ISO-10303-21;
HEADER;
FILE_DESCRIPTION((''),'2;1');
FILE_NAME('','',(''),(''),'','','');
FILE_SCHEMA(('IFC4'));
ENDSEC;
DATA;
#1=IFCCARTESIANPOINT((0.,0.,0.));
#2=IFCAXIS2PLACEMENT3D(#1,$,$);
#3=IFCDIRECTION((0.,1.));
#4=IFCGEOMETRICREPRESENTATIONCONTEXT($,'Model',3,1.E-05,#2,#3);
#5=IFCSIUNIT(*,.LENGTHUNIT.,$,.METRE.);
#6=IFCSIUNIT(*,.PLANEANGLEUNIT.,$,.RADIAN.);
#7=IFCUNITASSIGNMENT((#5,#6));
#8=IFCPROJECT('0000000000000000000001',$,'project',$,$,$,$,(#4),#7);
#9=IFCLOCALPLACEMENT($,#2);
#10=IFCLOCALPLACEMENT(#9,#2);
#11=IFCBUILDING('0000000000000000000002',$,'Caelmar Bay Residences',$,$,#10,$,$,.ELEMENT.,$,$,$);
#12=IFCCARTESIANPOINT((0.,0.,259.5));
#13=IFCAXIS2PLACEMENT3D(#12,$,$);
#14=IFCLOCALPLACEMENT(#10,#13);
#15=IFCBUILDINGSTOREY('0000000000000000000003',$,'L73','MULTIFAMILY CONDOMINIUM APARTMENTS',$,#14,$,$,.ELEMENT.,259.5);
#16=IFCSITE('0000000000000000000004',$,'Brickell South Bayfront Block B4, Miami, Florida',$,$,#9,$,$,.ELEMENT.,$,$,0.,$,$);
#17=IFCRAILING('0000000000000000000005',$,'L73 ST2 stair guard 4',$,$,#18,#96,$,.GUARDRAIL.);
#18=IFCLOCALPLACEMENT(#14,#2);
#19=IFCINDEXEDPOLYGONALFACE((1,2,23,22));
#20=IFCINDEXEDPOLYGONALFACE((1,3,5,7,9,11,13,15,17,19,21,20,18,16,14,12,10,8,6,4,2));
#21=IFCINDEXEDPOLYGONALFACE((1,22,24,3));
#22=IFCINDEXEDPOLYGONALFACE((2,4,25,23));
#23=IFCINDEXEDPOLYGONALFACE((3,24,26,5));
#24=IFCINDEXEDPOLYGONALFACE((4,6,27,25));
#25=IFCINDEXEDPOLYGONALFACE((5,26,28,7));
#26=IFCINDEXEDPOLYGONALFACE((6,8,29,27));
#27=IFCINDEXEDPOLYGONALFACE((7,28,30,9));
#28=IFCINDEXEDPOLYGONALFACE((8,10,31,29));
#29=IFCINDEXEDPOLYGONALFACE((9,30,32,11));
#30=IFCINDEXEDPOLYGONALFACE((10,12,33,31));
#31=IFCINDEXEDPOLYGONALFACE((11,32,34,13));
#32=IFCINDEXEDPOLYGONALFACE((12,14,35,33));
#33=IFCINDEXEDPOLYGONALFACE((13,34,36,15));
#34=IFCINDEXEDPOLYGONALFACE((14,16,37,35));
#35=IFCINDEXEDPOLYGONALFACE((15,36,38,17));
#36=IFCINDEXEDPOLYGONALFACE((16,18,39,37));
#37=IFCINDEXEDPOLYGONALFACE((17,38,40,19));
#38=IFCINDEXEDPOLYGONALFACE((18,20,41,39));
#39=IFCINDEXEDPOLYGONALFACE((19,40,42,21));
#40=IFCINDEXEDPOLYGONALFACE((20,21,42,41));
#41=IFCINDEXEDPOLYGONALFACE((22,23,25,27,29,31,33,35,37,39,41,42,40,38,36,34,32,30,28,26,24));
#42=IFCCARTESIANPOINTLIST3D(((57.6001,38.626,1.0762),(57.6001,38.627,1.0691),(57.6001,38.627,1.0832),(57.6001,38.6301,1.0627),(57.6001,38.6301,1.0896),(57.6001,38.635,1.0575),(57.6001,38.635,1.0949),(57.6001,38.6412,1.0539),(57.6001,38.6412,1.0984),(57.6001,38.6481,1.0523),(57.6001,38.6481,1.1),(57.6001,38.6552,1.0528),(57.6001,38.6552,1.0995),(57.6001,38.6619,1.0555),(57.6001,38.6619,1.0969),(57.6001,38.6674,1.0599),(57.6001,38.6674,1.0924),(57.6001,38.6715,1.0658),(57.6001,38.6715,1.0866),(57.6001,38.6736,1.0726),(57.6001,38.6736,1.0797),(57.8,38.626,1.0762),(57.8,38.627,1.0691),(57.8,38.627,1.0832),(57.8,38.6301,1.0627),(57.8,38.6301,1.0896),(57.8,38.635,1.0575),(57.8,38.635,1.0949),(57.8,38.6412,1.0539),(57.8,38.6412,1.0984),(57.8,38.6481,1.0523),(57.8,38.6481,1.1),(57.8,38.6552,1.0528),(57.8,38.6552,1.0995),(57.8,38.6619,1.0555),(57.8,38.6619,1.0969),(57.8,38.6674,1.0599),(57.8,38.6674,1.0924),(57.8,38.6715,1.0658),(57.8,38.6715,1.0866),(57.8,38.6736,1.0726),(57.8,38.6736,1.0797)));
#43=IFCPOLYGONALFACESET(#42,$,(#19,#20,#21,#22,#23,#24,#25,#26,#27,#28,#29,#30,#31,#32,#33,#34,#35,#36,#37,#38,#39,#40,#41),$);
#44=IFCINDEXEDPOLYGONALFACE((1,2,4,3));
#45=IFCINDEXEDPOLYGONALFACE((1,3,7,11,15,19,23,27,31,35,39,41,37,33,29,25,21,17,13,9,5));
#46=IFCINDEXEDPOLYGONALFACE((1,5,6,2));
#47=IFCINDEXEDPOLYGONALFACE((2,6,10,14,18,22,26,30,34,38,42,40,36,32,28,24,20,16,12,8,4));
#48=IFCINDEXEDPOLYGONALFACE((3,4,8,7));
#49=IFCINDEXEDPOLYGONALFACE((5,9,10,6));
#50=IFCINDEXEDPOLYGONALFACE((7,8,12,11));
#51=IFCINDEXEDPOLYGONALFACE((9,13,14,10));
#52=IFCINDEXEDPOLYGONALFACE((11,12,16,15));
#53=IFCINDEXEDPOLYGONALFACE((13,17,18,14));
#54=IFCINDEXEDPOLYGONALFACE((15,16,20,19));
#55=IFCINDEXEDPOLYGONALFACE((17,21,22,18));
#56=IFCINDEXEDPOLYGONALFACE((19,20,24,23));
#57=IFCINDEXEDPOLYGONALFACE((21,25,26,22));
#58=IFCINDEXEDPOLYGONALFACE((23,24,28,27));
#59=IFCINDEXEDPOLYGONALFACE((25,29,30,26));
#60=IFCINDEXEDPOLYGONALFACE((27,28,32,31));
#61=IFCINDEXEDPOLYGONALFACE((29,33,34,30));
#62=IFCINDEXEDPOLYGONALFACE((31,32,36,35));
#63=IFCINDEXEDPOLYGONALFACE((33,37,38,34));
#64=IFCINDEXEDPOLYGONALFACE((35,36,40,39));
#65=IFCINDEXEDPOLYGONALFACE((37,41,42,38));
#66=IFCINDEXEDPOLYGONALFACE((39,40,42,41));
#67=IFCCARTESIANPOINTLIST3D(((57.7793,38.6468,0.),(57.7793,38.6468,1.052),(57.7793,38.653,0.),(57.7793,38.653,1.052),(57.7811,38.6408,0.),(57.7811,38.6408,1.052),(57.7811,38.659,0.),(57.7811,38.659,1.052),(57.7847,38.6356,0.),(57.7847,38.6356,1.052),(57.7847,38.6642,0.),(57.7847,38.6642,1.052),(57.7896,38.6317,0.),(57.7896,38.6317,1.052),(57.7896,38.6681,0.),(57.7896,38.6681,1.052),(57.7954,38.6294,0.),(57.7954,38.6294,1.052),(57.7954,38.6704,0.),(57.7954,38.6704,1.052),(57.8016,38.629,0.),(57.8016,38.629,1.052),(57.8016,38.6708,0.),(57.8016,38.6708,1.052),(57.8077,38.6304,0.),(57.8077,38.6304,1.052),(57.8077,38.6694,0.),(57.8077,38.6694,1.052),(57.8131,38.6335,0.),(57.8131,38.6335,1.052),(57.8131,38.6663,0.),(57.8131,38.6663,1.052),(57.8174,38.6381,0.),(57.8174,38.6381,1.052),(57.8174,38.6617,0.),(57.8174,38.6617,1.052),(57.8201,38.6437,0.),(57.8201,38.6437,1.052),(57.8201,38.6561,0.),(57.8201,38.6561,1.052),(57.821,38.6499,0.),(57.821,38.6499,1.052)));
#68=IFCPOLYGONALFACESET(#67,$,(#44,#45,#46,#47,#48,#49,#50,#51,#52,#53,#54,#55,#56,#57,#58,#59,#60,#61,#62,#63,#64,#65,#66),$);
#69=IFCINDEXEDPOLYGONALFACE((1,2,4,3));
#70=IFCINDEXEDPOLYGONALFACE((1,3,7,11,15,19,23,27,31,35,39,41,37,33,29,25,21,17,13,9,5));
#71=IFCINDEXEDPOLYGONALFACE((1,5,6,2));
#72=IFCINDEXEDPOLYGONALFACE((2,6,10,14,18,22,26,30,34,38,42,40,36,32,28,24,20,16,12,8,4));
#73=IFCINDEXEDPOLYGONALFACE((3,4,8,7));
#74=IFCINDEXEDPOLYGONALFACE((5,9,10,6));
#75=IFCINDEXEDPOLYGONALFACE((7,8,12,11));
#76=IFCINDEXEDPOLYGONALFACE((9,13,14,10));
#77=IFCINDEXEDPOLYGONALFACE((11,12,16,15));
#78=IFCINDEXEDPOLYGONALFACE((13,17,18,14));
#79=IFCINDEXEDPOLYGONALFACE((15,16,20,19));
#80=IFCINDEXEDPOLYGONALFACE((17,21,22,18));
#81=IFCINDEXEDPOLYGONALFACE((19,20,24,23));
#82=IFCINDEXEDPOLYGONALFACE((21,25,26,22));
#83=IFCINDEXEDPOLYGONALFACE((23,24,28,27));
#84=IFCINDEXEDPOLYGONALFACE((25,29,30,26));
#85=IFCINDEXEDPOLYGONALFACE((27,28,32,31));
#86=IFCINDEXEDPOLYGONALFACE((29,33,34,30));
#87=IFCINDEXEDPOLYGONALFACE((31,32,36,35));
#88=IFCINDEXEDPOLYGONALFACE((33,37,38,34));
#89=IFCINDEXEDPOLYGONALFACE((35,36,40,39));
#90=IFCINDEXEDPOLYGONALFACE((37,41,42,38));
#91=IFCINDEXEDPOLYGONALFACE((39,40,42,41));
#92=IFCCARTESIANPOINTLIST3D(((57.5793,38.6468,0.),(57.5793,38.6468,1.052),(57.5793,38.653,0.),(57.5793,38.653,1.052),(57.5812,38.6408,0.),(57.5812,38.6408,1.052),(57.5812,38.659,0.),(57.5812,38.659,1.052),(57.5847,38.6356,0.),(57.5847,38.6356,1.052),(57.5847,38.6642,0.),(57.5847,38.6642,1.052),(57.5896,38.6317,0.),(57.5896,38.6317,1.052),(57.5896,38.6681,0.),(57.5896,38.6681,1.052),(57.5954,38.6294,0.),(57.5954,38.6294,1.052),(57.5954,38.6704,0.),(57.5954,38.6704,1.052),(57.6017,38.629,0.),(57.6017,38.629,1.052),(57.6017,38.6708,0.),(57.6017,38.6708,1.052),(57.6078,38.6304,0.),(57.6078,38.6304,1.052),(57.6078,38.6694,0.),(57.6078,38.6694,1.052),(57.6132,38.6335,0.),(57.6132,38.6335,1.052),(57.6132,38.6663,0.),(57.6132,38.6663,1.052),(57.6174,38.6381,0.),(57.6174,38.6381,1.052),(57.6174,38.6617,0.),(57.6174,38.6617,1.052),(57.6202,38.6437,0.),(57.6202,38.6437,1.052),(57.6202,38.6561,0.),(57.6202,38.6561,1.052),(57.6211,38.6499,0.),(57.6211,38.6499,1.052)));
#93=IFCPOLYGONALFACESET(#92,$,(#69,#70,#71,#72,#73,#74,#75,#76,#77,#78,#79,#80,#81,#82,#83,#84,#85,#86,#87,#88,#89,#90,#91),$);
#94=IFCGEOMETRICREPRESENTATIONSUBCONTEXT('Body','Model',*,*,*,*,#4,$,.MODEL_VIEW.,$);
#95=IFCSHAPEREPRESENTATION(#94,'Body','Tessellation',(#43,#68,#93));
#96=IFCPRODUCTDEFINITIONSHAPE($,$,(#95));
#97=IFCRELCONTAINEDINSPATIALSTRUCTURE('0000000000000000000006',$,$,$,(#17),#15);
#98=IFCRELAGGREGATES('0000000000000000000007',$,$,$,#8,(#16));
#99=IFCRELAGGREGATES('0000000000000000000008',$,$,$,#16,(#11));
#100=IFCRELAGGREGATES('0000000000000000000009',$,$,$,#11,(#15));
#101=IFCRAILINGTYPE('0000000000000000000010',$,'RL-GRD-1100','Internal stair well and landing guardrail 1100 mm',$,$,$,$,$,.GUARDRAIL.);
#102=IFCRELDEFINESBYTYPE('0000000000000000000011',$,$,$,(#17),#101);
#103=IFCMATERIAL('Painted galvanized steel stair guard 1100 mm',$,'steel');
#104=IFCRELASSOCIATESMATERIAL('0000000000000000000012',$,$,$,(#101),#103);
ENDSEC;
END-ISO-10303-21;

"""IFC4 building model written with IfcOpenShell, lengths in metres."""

from ifc_helpers import new_model, si_unit, direction, frame, origin, origin_2d, place, context, subcontext, project, spatial, circle, extrude, material, type_object, element, save


model = new_model("IFC4")

# Units and contexts
model_context = context("Model", 3, precision=1e-05, world=origin(), true_north=direction((0.0, 1.0)))
body_context = subcontext(model_context, "Body", "Model", "MODEL_VIEW")
ifc_project = project(units=[si_unit("LENGTHUNIT", "METRE"), si_unit("PLANEANGLEUNIT", "RADIAN")], contexts=[model_context])

# Site, building, storey
site_placement = place(None, origin())
site = spatial("IfcSite", under=ifc_project, at=site_placement, Name="Brickell South Bayfront Block B4, Miami, Florida", CompositionType="ELEMENT", RefElevation=0.0)
building_placement = place(site_placement, origin())
building = spatial("IfcBuilding", under=site, at=building_placement, Name="Caelmar Bay Residences", CompositionType="ELEMENT")
storey_placement = place(building_placement, frame((0.0, 0.0, 259.5)))
storey = spatial("IfcBuildingStorey", under=building, at=storey_placement, Name="L73", Description="MULTIFAMILY CONDOMINIUM APARTMENTS", CompositionType="ELEMENT", Elevation=259.5)

# Railing
ifc_material_1 = material(Name="Painted galvanized steel stair guard 1100 mm", Category="steel")
railing_type_1 = type_object("IfcRailingType", Name="RL-GRD-1100", Description="Internal stair well and landing guardrail 1100 mm", PredefinedType="GUARDRAIL", material=ifc_material_1)
railing_1_placement = place(storey_placement, frame((57.8, 38.6499, 0.0)))
element("IfcRailing", 1, at=railing_1_placement, inside=storey, type_object=railing_type_1, Name="L73 ST2 stair guard 4", PredefinedType="GUARDRAIL", context=body_context, shape_type="SweptSolid", body=[
    extrude(circle(Radius=0.0239, at=origin_2d()), frame((0.0, 0.0, 1.0762), z_axis=(-1.0, 0.0, 0.0), x_axis=(0.0, -1.0, 0.0)), (0.0, 0.0, 1.0), 0.2),
    extrude(circle(Radius=0.021, at=origin_2d()), origin(), (0.0, 0.0, 1.0), 1.052),
    extrude(circle(Radius=0.021, at=origin_2d()), frame((-0.2, 0.0, 0.0)), (0.0, 0.0, 1.0), 1.052),
])

save(model, "model.ifc")
